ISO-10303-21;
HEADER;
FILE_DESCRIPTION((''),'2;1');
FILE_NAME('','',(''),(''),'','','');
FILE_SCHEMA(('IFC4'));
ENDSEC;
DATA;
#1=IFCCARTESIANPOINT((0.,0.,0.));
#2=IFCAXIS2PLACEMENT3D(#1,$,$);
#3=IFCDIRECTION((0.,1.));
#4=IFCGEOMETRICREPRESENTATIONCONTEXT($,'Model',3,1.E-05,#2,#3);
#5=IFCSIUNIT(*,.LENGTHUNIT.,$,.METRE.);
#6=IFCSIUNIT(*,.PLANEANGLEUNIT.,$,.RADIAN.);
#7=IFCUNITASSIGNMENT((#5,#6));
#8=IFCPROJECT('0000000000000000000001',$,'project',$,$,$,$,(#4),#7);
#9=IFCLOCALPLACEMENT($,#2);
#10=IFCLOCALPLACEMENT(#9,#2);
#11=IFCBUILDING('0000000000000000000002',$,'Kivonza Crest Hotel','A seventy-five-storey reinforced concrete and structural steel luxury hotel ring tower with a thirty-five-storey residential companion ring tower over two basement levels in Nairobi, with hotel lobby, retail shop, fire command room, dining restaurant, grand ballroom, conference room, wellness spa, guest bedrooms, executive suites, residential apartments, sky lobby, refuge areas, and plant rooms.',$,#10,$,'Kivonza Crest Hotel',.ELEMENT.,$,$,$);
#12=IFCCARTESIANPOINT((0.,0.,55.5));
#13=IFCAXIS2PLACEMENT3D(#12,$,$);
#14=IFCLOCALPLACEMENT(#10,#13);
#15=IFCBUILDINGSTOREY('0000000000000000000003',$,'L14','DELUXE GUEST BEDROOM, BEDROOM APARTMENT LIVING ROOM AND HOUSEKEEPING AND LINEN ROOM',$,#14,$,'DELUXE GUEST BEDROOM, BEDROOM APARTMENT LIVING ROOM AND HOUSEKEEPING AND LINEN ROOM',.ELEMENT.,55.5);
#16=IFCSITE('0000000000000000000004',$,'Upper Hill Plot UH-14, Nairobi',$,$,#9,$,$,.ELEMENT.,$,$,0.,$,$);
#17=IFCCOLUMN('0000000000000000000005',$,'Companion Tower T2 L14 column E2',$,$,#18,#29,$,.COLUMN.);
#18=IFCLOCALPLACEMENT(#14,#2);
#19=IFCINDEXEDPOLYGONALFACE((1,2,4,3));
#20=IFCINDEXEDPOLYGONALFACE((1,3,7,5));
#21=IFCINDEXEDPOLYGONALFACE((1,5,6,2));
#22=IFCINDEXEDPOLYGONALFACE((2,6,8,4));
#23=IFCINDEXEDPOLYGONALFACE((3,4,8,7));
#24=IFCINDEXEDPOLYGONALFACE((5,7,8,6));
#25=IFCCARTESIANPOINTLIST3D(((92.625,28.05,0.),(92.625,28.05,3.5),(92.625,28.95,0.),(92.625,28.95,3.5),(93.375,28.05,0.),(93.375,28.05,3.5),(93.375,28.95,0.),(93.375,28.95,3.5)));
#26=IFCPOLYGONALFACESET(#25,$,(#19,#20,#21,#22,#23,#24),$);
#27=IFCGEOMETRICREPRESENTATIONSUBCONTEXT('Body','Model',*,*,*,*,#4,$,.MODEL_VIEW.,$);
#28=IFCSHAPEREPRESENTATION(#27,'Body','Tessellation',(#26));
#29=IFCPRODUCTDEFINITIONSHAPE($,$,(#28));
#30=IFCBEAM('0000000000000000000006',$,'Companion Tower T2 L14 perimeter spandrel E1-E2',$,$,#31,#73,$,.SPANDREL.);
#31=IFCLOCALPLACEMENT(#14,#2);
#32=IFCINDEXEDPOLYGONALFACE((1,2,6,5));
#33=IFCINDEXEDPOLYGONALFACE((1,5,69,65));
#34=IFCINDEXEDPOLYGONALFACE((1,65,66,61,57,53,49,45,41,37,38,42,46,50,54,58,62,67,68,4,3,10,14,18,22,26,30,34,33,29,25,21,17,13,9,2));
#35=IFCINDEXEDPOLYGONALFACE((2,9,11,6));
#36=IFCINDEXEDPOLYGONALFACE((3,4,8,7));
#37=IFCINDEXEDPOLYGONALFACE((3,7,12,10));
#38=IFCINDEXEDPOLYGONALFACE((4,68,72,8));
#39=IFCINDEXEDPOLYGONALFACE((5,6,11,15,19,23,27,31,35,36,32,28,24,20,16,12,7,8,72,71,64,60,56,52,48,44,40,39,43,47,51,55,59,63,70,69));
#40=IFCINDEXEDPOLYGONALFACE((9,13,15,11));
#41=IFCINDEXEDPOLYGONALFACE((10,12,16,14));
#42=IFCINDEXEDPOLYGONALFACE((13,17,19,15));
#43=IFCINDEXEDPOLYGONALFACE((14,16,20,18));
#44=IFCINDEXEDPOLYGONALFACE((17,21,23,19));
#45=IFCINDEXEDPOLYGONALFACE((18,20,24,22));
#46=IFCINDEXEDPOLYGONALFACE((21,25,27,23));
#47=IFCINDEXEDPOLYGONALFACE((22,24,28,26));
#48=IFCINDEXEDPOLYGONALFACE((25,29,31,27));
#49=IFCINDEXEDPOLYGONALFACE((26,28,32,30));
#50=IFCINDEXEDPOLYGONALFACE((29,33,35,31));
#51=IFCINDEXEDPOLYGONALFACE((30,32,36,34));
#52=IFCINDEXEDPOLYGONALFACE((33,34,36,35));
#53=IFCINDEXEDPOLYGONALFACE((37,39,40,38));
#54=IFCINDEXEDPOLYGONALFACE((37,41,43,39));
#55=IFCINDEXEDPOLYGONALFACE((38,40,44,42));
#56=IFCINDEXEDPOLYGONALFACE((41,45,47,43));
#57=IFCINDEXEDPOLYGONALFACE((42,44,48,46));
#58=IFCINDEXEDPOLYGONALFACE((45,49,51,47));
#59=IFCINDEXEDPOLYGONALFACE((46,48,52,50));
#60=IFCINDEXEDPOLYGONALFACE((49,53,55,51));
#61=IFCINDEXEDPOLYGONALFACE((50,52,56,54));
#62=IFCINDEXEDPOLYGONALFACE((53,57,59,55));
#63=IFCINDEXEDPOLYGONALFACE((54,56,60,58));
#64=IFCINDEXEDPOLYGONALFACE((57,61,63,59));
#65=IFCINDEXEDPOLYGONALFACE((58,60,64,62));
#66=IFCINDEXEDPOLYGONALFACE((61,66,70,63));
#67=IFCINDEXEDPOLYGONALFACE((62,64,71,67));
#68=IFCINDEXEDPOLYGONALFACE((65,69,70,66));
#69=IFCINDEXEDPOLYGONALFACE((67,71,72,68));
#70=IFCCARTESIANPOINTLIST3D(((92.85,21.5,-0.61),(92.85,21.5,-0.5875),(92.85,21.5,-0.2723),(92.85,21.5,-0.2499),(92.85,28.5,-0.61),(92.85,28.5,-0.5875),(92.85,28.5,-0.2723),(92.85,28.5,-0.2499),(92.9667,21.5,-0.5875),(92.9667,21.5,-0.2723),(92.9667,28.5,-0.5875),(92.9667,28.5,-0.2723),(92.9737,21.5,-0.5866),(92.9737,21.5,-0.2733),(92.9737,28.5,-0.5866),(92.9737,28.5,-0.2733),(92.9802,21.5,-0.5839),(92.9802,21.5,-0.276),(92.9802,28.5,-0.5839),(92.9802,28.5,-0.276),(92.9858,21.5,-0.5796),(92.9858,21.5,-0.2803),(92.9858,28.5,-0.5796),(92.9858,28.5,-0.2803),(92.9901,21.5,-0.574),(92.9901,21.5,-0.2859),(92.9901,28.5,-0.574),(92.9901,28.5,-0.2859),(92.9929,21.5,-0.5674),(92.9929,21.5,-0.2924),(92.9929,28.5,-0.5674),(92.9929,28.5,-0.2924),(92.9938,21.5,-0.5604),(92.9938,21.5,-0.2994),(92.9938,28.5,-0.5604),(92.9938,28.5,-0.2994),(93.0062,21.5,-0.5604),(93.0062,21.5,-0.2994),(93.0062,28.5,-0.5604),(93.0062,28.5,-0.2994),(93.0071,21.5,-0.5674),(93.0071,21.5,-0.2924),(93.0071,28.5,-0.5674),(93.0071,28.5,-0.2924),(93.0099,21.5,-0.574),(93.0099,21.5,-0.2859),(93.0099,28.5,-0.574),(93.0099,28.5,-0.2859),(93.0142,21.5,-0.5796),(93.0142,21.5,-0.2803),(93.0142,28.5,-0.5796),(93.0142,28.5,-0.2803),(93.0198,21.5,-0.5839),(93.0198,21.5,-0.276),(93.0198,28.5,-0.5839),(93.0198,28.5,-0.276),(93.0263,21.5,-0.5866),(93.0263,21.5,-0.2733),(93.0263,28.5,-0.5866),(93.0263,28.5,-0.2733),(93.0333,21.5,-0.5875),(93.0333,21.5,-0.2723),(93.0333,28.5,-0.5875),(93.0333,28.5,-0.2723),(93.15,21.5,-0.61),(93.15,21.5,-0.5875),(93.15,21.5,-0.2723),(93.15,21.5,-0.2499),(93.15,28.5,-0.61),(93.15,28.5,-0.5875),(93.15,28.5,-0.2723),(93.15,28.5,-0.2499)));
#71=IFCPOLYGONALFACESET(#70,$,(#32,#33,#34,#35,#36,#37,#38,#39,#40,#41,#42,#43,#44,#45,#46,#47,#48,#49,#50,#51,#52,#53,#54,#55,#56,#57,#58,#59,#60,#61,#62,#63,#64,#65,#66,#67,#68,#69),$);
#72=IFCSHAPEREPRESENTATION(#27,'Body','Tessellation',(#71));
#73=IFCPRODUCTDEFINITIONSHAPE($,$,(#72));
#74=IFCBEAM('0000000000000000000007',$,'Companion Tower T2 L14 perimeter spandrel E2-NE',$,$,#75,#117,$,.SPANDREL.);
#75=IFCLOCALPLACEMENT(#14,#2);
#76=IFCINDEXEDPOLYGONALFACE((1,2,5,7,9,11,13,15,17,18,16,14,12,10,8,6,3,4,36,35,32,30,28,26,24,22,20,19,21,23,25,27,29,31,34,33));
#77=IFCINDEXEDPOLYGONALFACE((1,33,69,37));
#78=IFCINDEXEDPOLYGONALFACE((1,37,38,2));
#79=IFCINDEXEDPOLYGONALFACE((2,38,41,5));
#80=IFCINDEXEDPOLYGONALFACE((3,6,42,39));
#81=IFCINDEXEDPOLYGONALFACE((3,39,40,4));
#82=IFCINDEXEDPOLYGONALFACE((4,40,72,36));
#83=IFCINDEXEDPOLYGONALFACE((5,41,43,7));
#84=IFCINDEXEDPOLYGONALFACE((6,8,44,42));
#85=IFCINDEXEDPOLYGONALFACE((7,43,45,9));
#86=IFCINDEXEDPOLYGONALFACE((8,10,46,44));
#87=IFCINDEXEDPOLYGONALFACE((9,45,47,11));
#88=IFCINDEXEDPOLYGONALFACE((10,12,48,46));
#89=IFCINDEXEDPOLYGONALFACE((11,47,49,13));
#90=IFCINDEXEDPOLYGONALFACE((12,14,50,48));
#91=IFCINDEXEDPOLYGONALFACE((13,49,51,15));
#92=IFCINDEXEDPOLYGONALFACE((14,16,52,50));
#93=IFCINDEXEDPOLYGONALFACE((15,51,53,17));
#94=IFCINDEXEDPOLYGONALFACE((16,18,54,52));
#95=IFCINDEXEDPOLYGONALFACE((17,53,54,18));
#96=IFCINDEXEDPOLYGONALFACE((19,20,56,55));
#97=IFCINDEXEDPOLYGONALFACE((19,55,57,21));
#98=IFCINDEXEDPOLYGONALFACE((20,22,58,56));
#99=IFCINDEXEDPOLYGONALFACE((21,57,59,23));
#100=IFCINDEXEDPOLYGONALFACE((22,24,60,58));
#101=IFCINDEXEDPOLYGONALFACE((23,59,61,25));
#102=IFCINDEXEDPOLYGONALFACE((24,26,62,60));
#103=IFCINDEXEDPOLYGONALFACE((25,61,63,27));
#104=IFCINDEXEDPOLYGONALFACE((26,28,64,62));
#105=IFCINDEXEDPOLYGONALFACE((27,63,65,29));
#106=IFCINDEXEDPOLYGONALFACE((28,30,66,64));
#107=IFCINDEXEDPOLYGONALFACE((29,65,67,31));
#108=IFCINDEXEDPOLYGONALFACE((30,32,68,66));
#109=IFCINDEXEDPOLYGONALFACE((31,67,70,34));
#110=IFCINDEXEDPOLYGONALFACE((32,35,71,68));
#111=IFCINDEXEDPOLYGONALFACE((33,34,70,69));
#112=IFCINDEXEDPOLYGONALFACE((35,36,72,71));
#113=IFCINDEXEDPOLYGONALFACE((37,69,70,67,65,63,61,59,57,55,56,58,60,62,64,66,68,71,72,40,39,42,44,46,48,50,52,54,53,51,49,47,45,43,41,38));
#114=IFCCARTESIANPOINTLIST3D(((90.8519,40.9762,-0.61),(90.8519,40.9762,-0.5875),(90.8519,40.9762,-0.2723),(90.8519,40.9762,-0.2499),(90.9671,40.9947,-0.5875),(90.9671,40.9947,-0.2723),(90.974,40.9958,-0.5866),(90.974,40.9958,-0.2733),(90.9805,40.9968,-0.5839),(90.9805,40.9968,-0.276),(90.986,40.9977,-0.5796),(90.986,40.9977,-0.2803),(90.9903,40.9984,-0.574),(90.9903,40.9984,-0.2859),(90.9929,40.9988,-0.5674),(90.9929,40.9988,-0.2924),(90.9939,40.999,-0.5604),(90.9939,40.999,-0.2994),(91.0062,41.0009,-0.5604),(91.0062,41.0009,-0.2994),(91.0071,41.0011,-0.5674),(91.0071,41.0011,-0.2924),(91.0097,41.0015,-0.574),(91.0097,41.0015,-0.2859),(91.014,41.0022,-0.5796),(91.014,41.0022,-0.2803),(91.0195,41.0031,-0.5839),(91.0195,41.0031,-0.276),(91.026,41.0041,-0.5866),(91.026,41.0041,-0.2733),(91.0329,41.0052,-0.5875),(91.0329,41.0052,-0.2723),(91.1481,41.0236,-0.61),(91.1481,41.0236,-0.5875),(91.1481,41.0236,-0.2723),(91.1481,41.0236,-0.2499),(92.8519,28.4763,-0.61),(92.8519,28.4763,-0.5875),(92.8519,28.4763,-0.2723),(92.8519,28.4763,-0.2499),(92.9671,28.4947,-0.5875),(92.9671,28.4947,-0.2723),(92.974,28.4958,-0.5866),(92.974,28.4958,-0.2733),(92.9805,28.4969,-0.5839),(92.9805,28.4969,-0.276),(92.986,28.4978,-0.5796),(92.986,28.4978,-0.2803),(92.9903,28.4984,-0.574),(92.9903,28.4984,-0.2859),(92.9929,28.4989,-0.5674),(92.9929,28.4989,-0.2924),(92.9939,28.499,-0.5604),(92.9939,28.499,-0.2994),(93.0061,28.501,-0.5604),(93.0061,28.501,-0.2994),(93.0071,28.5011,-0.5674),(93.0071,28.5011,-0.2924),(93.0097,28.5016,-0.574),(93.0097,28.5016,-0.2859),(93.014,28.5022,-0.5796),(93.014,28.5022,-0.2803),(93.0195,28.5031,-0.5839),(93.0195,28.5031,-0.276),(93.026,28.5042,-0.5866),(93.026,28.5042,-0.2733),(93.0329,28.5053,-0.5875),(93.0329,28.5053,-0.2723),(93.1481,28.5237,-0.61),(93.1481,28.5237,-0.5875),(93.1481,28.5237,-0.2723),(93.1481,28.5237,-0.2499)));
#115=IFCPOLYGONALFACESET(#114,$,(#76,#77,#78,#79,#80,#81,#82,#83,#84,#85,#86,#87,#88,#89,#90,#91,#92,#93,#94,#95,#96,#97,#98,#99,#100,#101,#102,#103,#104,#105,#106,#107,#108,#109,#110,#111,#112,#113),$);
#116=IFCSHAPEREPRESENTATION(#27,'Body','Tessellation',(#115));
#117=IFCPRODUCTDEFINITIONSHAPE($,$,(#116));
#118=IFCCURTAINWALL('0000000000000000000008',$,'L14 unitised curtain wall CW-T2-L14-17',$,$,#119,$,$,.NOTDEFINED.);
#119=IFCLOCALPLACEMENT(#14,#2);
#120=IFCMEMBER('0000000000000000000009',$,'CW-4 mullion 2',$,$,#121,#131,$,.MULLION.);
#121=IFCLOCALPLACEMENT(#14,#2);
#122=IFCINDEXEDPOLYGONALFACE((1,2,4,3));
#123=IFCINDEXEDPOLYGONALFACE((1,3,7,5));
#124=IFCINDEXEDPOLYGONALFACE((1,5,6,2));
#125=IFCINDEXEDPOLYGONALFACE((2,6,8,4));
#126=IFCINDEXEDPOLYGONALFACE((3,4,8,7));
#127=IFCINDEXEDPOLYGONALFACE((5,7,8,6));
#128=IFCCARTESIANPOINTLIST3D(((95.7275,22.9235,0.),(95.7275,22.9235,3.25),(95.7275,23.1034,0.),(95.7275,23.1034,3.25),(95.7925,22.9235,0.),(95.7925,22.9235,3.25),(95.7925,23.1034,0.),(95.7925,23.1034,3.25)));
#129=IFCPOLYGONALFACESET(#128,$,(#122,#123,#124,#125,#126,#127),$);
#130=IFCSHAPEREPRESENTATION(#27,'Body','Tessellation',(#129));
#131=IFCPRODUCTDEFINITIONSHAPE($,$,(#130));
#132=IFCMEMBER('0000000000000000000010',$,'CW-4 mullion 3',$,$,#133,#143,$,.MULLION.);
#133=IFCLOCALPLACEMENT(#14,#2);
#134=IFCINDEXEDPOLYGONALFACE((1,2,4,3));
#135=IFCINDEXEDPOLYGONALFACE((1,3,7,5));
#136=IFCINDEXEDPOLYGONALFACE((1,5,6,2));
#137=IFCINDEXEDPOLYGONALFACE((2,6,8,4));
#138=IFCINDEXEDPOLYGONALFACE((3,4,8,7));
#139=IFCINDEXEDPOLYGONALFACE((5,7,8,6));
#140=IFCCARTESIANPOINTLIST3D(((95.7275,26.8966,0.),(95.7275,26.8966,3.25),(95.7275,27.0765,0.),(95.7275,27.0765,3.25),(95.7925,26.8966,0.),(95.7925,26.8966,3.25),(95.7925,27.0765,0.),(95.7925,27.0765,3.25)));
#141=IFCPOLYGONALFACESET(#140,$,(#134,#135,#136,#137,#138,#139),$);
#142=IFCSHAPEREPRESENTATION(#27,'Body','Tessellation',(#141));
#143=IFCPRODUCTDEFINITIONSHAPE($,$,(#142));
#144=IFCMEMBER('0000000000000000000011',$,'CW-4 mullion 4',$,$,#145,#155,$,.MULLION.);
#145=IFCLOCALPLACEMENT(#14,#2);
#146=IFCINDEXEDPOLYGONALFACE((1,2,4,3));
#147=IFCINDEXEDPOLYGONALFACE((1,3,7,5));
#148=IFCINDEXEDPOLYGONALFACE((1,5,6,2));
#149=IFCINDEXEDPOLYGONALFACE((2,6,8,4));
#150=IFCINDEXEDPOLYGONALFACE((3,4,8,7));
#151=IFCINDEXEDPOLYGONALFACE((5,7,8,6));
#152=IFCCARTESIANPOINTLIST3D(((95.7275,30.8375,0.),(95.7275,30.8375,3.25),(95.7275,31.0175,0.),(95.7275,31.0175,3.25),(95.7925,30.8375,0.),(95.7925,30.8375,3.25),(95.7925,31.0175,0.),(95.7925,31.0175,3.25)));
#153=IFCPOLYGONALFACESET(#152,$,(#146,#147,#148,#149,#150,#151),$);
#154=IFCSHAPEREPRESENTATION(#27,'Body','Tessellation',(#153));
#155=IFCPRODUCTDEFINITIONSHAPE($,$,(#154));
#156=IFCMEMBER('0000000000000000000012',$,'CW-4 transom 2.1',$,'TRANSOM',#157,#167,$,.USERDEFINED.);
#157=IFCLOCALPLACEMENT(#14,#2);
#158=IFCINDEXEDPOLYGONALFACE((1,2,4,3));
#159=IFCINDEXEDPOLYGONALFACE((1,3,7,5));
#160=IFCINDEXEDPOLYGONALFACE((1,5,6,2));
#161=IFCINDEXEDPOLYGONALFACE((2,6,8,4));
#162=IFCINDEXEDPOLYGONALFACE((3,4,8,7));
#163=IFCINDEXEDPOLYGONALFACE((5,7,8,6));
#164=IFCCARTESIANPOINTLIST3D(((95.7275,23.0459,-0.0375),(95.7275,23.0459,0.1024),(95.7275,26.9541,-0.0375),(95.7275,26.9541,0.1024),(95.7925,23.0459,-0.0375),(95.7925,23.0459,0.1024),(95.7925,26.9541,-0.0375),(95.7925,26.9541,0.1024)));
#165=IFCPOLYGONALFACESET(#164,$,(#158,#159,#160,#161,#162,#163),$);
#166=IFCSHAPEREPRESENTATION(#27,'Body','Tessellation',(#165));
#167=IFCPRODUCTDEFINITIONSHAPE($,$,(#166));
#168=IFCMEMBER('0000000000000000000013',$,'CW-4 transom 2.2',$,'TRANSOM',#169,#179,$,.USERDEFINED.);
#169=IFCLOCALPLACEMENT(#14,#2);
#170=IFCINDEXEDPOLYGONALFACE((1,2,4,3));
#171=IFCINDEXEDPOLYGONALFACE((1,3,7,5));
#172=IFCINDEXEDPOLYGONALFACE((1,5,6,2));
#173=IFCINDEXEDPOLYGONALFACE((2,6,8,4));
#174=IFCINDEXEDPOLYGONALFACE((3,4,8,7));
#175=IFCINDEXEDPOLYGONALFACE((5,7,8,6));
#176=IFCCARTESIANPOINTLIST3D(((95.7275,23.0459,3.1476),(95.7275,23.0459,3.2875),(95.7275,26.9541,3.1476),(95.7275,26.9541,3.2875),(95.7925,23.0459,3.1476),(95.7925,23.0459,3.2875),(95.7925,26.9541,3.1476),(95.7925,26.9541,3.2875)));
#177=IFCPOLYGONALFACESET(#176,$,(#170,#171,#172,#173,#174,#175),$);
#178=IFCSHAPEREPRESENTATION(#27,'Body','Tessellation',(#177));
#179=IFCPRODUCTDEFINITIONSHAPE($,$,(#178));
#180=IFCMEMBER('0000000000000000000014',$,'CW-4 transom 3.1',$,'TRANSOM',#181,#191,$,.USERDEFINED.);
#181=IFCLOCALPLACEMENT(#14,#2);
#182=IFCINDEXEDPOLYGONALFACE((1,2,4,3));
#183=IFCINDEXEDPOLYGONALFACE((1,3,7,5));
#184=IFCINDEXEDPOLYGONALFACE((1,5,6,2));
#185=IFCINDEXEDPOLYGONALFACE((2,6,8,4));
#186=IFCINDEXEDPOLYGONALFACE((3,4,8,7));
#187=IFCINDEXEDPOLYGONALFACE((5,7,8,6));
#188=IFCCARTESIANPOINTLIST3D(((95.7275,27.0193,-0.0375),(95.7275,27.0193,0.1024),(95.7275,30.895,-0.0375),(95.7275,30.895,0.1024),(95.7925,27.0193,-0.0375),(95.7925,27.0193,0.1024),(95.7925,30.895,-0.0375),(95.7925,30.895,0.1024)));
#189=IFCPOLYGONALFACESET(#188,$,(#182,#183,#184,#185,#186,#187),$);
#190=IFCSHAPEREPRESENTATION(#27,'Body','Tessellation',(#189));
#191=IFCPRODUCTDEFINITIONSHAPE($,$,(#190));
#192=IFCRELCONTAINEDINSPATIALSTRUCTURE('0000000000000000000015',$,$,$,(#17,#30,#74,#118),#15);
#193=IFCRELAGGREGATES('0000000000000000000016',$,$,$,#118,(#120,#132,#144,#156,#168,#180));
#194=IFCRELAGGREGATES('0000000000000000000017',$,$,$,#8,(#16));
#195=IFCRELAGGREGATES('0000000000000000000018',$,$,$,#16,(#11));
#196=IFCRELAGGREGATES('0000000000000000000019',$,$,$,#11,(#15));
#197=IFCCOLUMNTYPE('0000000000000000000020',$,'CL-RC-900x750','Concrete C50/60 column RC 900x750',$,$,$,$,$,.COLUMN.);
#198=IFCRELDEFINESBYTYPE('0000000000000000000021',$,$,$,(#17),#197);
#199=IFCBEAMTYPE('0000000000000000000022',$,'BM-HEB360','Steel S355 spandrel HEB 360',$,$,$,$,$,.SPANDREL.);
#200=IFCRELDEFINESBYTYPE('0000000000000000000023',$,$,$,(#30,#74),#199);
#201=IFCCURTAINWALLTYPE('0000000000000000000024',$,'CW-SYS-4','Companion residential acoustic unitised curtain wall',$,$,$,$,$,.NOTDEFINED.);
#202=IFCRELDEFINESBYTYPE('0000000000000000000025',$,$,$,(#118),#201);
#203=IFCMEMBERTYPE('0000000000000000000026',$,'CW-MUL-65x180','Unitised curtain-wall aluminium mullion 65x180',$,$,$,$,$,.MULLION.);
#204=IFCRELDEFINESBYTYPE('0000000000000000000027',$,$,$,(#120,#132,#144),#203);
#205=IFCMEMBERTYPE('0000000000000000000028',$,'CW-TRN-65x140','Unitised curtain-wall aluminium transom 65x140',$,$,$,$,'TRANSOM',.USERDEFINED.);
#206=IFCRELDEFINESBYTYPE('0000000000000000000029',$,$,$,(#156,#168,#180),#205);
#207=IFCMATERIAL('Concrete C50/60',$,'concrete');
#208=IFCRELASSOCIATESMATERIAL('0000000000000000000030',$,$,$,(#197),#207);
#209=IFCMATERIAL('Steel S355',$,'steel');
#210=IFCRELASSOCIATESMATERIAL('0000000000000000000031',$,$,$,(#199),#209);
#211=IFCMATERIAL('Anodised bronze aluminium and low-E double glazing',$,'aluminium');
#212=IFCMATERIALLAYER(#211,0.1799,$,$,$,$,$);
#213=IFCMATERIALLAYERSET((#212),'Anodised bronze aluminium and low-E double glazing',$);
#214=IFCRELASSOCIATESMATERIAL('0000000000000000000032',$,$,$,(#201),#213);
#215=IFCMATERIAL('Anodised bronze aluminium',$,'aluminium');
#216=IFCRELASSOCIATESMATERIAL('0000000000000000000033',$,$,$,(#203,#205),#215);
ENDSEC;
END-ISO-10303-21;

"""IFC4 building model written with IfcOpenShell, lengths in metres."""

from ifc_helpers import new_model, si_unit, direction, frame, origin, origin_2d, place, context, subcontext, project, spatial, rectangle, i_section, extrude, material, layer, layer_set, material_profile, profile_set, type_object, element, aggregate, save


model = new_model("IFC4")

# Units and contexts
model_context = context("Model", 3, precision=1e-05, world=origin(), true_north=direction((0.0, 1.0)))
body_context = subcontext(model_context, "Body", "Model", "MODEL_VIEW")
ifc_project = project(units=[si_unit("LENGTHUNIT", "METRE"), si_unit("PLANEANGLEUNIT", "RADIAN")], contexts=[model_context])

# Site, building, storey
site_placement = place(None, origin())
site = spatial("IfcSite", under=ifc_project, at=site_placement, Name="Upper Hill Plot UH-14, Nairobi", CompositionType="ELEMENT", RefElevation=0.0)
building_placement = place(site_placement, origin())
building = spatial("IfcBuilding", under=site, at=building_placement, Name="Kivonza Crest Hotel", Description="A seventy-five-storey reinforced concrete and structural steel luxury hotel ring tower with a thirty-five-storey residential companion ring tower over two basement levels in Nairobi, with hotel lobby, retail shop, fire command room, dining restaurant, grand ballroom, conference room, wellness spa, guest bedrooms, executive suites, residential apartments, sky lobby, refuge areas, and plant rooms.", LongName="Kivonza Crest Hotel", CompositionType="ELEMENT")
storey_placement = place(building_placement, frame((0.0, 0.0, 55.5)))
storey = spatial("IfcBuildingStorey", under=building, at=storey_placement, Name="L14", Description="DELUXE GUEST BEDROOM, BEDROOM APARTMENT LIVING ROOM AND HOUSEKEEPING AND LINEN ROOM", LongName="DELUXE GUEST BEDROOM, BEDROOM APARTMENT LIVING ROOM AND HOUSEKEEPING AND LINEN ROOM", CompositionType="ELEMENT", Elevation=55.5)

# Column
ifc_material_1 = material(Name="Concrete C50/60", Category="concrete")
ifc_material_profile_1 = material_profile(ifc_material_1, rectangle(XDim=0.75, YDim=0.8999, at=origin_2d()), Name="RC 900x750")
ifc_profile_set_1 = profile_set([ifc_material_profile_1], Name="Concrete C50/60")
column_type = type_object("IfcColumnType", Name="CL-RC-900x750", Description="Concrete C50/60 column RC 900x750", PredefinedType="COLUMN", material=ifc_profile_set_1)
column_placement = place(storey_placement, frame((93.0, 28.5, 0.0), z_axis=(0.0, 0.0, 1.0), x_axis=(1.0, 0.0, 0.0)))
element("IfcColumn", 1, at=column_placement, inside=storey, type_object=column_type, Name="Companion Tower T2 L14 column E2", PredefinedType="COLUMN", context=body_context, shape_type="SweptSolid", body=[
    extrude(rectangle(XDim=0.75, YDim=0.8999, at=origin_2d()), origin(), (0.0, 0.0, 1.0), 3.5),
])

# Beams
ifc_material_2 = material(Name="Steel S355", Category="steel")
ifc_material_profile_2 = material_profile(ifc_material_2, i_section(OverallWidth=0.3, OverallDepth=0.3601, WebThickness=0.0125, FlangeThickness=0.0225, FilletRadius=0.0271, at=origin_2d()), Name="HEB 360")
ifc_profile_set_2 = profile_set([ifc_material_profile_2], Name="Steel S355")
beam_type = type_object("IfcBeamType", Name="BM-HEB360", Description="Steel S355 spandrel HEB 360", PredefinedType="SPANDREL", material=ifc_profile_set_2)
beam_1_placement = place(storey_placement, frame((93.0, 21.5, -0.4299), z_axis=(0.0, 1.0, 0.0), x_axis=(-1.0, 0.0, 0.0)))
element("IfcBeam", 2, at=beam_1_placement, inside=storey, type_object=beam_type, Name="Companion Tower T2 L14 perimeter spandrel E1-E2", PredefinedType="SPANDREL", context=body_context, shape_type="SweptSolid", body=[
    extrude(i_section(OverallWidth=0.3, OverallDepth=0.3601, WebThickness=0.0125, FlangeThickness=0.0225, FilletRadius=0.0271, at=origin_2d()), origin(), (0.0, 0.0, 1.0), 7.0),
])
beam_2_placement = place(storey_placement, frame((93.0, 28.5, -0.4299), z_axis=(-0.157991, 0.987441, 0.0), x_axis=(-0.987441, -0.157991, 0.0)))
element("IfcBeam", 3, at=beam_2_placement, inside=storey, type_object=beam_type, Name="Companion Tower T2 L14 perimeter spandrel E2-NE", PredefinedType="SPANDREL", context=body_context, shape_type="SweptSolid", body=[
    extrude(i_section(OverallWidth=0.3, OverallDepth=0.3601, WebThickness=0.0125, FlangeThickness=0.0225, FilletRadius=0.0271, at=origin_2d()), origin(), (0.0, 0.0, 1.0), 12.6589),
])

# Curtain wall, members
ifc_material_3 = material(Name="Anodised bronze aluminium and low-E double glazing", Category="aluminium")
ifc_layer_1 = layer(ifc_material_3, 0.1799)
ifc_layer_set_1 = layer_set([ifc_layer_1], Name="Anodised bronze aluminium and low-E double glazing")
curtain_wall_type = type_object("IfcCurtainWallType", Name="CW-SYS-4", Description="Companion residential acoustic unitised curtain wall", PredefinedType="NOTDEFINED", material=ifc_layer_set_1)
curtain_wall_placement = place(storey_placement, origin())
curtain_wall = element("IfcCurtainWall", 4, at=curtain_wall_placement, inside=storey, type_object=curtain_wall_type, Name="L14 unitised curtain wall CW-T2-L14-17", PredefinedType="NOTDEFINED")
ifc_material_4 = material(Name="Anodised bronze aluminium", Category="aluminium")
ifc_material_profile_3 = material_profile(ifc_material_4, rectangle(XDim=0.0649, YDim=0.1799, at=origin_2d()), Name="CW-M 65x180")
ifc_profile_set_3 = profile_set([ifc_material_profile_3], Name="Anodised bronze aluminium")
member_type_1 = type_object("IfcMemberType", Name="CW-MUL-65x180", Description="Unitised curtain-wall aluminium mullion 65x180", PredefinedType="MULLION", material=ifc_profile_set_3)
member_1_placement = place(storey_placement, frame((95.76, 23.0134, 0.0), z_axis=(0.0, 0.0, 1.0), x_axis=(-1.0, 0.0, 0.0)))
member_1 = element("IfcMember", 5, at=member_1_placement, type_object=member_type_1, Name="CW-4 mullion 2", PredefinedType="MULLION", context=body_context, shape_type="SweptSolid", body=[
    extrude(rectangle(XDim=0.0649, YDim=0.1799, at=origin_2d()), origin(), (0.0, 0.0, 1.0), 3.25),
])
member_2_placement = place(storey_placement, frame((95.76, 26.9866, 0.0), z_axis=(0.0, 0.0, 1.0), x_axis=(-1.0, 0.0, 0.0)))
member_2 = element("IfcMember", 6, at=member_2_placement, type_object=member_type_1, Name="CW-4 mullion 3", PredefinedType="MULLION", context=body_context, shape_type="SweptSolid", body=[
    extrude(rectangle(XDim=0.0649, YDim=0.1799, at=origin_2d()), origin(), (0.0, 0.0, 1.0), 3.25),
])
member_3_placement = place(storey_placement, frame((95.76, 30.9275, 0.0), z_axis=(0.0, 0.0, 1.0), x_axis=(-1.0, 0.0, 0.0)))
member_3 = element("IfcMember", 7, at=member_3_placement, type_object=member_type_1, Name="CW-4 mullion 4", PredefinedType="MULLION", context=body_context, shape_type="SweptSolid", body=[
    extrude(rectangle(XDim=0.0649, YDim=0.1799, at=origin_2d()), origin(), (0.0, 0.0, 1.0), 3.25),
])
ifc_material_profile_4 = material_profile(ifc_material_4, rectangle(XDim=0.0649, YDim=0.1399, at=origin_2d()), Name="CW-T 65x140")
ifc_profile_set_4 = profile_set([ifc_material_profile_4], Name="Anodised bronze aluminium")
member_type_2 = type_object("IfcMemberType", Name="CW-TRN-65x140", Description="Unitised curtain-wall aluminium transom 65x140", ElementType="TRANSOM", PredefinedType="USERDEFINED", material=ifc_profile_set_4)
member_4_placement = place(storey_placement, frame((95.76, 23.0459, 0.0325), z_axis=(0.0, 1.0, 0.0), x_axis=(-1.0, 0.0, 0.0)))
member_4 = element("IfcMember", 8, at=member_4_placement, type_object=member_type_2, Name="CW-4 transom 2.1", ObjectType="TRANSOM", PredefinedType="USERDEFINED", context=body_context, shape_type="SweptSolid", body=[
    extrude(rectangle(XDim=0.0649, YDim=0.1399, at=origin_2d()), origin(), (0.0, 0.0, 1.0), 3.9082),
])
member_5_placement = place(storey_placement, frame((95.76, 23.0459, 3.2175), z_axis=(0.0, 1.0, 0.0), x_axis=(-1.0, 0.0, 0.0)))
member_5 = element("IfcMember", 9, at=member_5_placement, type_object=member_type_2, Name="CW-4 transom 2.2", ObjectType="TRANSOM", PredefinedType="USERDEFINED", context=body_context, shape_type="SweptSolid", body=[
    extrude(rectangle(XDim=0.0649, YDim=0.1399, at=origin_2d()), origin(), (0.0, 0.0, 1.0), 3.9082),
])
member_6_placement = place(storey_placement, frame((95.76, 27.0193, 0.0325), z_axis=(0.0, 1.0, 0.0), x_axis=(-1.0, 0.0, 0.0)))
member_6 = element("IfcMember", 10, at=member_6_placement, type_object=member_type_2, Name="CW-4 transom 3.1", ObjectType="TRANSOM", PredefinedType="USERDEFINED", context=body_context, shape_type="SweptSolid", body=[
    extrude(rectangle(XDim=0.0649, YDim=0.1399, at=origin_2d()), origin(), (0.0, 0.0, 1.0), 3.8757),
])
aggregate(curtain_wall, [member_1, member_2, member_3, member_4, member_5, member_6])

save(model, "model.ifc")
